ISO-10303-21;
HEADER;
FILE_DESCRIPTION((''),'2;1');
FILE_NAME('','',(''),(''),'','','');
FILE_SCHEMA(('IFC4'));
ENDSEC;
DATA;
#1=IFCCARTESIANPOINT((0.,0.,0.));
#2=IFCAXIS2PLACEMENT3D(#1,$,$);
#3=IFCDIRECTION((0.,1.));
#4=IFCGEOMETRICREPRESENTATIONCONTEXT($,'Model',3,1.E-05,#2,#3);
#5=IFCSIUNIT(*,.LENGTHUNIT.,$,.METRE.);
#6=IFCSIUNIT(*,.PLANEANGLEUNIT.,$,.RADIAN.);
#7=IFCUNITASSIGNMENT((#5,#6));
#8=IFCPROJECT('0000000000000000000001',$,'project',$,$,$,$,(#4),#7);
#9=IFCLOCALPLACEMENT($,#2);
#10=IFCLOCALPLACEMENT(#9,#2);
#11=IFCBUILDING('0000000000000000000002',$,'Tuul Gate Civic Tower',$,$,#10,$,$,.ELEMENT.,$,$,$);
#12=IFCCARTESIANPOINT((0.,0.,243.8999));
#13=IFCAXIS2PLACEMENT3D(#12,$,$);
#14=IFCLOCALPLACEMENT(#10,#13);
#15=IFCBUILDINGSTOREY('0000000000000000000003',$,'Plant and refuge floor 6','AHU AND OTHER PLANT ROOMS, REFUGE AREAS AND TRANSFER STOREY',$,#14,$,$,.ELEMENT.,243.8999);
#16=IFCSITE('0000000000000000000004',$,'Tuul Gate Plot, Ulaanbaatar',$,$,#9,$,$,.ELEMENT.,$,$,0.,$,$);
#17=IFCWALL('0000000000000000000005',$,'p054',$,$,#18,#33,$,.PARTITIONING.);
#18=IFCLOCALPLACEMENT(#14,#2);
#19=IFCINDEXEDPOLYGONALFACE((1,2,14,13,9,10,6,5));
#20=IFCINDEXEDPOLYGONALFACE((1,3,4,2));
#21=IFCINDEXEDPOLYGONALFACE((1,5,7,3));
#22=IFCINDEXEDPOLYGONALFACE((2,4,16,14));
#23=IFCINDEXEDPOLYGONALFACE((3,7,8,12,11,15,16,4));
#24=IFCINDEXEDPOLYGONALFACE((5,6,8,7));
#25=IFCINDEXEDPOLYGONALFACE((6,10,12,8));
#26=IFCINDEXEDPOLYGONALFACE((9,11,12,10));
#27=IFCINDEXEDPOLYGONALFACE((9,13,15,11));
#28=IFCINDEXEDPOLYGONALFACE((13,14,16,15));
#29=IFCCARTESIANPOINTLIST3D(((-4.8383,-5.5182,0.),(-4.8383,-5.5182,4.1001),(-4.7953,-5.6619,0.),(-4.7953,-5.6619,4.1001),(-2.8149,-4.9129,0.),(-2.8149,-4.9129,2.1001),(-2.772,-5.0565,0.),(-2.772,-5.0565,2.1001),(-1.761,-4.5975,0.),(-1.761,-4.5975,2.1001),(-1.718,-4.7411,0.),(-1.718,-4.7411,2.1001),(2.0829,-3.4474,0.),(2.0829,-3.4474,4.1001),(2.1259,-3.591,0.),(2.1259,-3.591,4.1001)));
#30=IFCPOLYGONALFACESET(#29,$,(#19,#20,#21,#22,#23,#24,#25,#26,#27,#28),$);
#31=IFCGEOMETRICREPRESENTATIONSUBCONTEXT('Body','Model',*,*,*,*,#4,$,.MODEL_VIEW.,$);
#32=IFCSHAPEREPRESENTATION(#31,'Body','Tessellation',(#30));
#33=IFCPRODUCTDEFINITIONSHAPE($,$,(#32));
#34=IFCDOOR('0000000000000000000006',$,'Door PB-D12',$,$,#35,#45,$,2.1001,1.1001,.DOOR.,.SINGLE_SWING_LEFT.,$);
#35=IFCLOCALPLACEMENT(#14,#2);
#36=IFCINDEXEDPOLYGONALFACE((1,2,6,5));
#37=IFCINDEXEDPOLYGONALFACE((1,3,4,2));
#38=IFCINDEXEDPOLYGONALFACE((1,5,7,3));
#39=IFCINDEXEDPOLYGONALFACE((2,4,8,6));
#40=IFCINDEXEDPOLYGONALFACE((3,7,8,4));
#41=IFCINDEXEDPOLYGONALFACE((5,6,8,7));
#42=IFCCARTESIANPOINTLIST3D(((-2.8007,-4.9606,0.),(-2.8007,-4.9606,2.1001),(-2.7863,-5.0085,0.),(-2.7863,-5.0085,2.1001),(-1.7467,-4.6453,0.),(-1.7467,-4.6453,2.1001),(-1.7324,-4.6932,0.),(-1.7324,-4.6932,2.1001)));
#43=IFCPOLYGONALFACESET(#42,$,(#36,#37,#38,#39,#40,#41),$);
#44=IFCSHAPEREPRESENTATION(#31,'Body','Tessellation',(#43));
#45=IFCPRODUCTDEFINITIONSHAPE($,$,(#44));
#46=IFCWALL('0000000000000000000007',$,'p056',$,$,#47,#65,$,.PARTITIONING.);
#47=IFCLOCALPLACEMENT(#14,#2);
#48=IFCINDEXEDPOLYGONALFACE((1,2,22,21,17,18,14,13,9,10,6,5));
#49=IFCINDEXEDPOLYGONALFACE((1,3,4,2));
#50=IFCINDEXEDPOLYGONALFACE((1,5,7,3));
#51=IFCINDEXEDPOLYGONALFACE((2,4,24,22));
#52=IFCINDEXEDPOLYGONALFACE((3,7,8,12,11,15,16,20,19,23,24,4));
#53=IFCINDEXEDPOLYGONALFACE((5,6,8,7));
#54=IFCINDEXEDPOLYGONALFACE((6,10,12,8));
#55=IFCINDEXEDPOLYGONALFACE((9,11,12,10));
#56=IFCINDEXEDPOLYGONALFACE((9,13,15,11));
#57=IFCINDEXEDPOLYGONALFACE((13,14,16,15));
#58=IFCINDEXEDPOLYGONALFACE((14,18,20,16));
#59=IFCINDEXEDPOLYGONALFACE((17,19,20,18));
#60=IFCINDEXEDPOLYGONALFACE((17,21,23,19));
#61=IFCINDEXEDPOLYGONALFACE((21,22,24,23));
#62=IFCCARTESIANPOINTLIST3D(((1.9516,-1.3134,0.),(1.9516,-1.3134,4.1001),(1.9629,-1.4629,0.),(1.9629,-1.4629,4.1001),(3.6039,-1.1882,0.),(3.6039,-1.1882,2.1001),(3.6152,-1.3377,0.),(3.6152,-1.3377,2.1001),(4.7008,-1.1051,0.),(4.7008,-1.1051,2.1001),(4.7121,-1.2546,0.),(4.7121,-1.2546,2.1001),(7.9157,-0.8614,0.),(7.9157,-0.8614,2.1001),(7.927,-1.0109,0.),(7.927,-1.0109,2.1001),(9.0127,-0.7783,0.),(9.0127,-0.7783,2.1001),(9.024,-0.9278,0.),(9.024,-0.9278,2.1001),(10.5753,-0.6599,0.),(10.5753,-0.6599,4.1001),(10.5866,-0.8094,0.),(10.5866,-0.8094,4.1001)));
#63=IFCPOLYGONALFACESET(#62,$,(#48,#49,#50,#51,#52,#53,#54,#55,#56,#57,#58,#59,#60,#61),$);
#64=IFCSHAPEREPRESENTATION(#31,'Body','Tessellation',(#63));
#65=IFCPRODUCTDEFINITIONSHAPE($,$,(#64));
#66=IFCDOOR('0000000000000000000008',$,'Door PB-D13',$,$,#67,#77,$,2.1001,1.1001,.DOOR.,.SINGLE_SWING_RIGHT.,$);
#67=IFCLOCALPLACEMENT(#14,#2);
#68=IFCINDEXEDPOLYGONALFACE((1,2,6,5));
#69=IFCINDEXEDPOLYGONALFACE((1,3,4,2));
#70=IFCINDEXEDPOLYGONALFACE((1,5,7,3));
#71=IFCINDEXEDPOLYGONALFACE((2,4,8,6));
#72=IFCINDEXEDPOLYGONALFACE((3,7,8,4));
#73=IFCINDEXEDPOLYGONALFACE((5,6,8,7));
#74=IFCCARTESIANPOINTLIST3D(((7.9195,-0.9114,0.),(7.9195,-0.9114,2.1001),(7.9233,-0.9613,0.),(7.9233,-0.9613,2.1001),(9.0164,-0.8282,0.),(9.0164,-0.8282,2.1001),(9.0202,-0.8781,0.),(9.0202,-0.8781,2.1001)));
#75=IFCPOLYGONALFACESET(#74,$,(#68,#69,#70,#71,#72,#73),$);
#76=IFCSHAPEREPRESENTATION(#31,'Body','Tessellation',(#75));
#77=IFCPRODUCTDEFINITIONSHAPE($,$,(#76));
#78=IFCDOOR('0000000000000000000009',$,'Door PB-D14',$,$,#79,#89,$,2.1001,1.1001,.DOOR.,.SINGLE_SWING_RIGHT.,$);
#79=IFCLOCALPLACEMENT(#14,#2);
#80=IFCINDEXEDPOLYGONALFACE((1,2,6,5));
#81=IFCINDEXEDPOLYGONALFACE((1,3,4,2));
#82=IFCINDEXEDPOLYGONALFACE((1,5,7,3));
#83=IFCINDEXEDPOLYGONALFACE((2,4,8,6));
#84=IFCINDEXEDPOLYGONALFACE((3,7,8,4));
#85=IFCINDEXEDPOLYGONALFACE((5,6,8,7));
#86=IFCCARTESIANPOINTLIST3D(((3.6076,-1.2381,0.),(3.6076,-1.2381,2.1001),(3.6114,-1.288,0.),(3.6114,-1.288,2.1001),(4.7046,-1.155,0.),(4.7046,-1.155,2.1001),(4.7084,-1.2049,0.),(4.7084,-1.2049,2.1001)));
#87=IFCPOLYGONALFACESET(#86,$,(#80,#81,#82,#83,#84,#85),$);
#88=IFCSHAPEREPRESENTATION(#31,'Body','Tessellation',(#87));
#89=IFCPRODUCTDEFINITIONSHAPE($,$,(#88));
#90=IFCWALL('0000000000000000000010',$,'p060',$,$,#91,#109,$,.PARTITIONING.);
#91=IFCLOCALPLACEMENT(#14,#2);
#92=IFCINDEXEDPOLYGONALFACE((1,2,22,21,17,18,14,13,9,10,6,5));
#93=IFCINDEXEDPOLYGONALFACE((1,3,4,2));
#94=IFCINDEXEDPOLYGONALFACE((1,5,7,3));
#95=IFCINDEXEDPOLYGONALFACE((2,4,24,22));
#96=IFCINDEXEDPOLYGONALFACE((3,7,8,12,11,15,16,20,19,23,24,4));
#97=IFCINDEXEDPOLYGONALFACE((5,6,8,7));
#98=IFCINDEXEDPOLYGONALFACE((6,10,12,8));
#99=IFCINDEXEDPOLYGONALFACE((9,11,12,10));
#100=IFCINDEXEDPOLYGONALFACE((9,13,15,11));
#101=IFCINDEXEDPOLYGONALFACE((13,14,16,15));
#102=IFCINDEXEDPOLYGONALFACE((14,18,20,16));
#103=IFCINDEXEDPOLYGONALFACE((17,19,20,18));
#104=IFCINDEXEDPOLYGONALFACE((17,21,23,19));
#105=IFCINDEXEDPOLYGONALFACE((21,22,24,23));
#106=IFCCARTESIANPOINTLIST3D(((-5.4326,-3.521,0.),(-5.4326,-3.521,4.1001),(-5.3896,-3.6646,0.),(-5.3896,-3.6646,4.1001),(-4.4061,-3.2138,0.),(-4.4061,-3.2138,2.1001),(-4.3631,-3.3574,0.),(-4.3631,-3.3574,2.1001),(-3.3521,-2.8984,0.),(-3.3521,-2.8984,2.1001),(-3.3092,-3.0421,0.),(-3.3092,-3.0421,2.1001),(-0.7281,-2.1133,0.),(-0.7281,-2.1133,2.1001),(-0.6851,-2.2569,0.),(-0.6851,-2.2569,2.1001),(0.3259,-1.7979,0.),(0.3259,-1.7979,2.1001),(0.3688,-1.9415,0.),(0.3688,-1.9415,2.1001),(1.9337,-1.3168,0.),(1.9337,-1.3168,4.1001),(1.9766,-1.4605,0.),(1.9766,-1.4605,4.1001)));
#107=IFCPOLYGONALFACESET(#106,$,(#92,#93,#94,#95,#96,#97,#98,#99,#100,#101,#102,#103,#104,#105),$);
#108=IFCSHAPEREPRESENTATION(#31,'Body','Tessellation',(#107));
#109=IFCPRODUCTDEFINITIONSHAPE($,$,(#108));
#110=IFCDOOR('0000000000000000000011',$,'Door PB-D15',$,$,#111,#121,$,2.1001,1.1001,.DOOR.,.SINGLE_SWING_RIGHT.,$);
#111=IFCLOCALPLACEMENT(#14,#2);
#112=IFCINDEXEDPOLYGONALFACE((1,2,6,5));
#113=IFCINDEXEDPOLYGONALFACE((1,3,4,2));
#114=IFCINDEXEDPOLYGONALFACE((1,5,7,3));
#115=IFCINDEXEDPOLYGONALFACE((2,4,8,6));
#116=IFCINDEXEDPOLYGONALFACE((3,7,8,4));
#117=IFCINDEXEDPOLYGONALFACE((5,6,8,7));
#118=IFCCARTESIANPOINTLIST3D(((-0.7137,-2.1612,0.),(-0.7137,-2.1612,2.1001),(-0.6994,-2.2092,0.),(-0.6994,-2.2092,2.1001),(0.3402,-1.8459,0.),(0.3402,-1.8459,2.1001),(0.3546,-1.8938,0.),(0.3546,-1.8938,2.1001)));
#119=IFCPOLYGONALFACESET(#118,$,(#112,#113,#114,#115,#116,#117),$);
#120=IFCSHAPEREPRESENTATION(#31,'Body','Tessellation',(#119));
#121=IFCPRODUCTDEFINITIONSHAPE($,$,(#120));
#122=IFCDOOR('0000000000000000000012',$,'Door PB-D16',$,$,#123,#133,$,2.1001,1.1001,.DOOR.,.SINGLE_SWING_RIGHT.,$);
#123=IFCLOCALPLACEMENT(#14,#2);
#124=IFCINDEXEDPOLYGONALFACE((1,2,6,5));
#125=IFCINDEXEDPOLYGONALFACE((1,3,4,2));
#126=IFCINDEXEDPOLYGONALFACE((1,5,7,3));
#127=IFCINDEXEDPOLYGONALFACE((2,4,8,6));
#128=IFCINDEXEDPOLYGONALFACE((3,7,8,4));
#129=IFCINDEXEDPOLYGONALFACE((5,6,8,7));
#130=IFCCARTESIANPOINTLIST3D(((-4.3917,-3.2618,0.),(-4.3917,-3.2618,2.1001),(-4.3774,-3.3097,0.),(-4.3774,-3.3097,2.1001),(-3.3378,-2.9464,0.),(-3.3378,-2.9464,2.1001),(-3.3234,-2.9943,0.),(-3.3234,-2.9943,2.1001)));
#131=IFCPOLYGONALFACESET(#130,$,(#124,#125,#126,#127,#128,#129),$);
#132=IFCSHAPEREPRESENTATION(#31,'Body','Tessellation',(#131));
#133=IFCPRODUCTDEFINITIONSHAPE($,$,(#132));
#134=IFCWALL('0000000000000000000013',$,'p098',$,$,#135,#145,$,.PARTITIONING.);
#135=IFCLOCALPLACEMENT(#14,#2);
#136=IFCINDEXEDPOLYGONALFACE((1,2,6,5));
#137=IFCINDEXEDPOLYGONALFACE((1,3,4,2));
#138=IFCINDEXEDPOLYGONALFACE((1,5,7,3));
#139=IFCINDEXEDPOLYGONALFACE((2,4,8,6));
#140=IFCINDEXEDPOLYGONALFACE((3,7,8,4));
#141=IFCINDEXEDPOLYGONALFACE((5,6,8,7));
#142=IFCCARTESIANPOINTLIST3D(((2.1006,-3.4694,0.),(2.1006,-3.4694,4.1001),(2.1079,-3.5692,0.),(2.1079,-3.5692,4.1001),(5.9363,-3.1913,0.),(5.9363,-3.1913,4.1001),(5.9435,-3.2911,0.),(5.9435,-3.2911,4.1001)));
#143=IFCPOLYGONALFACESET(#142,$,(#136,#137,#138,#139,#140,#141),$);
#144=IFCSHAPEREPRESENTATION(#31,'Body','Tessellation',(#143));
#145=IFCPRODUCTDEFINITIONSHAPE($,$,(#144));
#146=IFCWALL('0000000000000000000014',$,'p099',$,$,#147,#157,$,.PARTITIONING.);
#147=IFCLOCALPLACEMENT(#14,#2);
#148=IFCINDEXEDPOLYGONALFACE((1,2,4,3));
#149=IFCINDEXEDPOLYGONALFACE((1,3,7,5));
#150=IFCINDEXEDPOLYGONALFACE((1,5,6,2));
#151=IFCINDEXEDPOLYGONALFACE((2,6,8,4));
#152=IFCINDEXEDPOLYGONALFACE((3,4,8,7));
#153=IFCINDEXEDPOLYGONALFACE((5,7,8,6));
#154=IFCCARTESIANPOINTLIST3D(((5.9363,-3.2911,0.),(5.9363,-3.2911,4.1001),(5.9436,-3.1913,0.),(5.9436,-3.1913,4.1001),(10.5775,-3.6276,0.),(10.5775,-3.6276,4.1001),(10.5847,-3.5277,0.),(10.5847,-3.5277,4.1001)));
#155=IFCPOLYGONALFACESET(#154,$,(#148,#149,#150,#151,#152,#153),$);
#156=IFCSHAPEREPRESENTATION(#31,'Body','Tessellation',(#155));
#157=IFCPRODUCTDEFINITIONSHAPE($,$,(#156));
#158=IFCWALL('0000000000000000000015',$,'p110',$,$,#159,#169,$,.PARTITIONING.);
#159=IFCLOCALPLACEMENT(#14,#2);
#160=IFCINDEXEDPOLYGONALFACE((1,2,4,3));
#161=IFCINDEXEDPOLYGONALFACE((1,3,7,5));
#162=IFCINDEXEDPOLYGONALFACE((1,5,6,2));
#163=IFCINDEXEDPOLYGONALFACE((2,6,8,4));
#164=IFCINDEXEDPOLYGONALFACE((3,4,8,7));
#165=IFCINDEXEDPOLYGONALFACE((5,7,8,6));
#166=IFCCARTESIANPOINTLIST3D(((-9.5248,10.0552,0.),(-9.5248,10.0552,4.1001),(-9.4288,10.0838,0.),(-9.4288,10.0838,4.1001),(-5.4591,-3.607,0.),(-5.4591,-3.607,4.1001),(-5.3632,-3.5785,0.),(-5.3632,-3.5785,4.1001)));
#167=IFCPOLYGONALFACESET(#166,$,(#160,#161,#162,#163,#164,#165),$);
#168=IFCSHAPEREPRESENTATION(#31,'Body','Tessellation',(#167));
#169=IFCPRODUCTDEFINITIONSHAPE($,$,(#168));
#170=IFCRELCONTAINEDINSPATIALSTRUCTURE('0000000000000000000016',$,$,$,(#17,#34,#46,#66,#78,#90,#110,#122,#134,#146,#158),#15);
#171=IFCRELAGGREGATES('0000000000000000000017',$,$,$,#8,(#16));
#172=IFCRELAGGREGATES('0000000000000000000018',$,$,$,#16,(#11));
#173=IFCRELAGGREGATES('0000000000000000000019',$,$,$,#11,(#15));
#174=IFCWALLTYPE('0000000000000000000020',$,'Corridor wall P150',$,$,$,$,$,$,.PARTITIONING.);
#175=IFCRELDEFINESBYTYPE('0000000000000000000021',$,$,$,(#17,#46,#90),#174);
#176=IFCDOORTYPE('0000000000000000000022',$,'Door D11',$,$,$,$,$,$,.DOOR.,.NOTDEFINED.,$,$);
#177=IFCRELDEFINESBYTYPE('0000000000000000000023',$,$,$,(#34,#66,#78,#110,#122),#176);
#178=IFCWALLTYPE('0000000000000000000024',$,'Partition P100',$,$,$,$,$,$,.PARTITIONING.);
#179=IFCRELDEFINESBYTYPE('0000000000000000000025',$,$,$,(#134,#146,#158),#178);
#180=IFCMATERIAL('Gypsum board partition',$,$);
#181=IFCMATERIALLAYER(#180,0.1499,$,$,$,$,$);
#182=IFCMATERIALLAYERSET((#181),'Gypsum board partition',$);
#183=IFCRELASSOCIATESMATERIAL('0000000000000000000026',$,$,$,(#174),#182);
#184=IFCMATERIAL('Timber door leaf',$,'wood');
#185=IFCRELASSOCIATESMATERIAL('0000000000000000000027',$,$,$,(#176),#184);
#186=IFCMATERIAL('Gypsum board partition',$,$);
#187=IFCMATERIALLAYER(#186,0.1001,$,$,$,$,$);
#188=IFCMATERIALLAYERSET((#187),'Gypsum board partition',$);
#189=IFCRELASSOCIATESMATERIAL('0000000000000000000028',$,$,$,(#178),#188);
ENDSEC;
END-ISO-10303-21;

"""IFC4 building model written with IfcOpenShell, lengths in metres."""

from ifc_helpers import new_model, si_unit, direction, frame, frame_2d, origin, place, context, subcontext, project, spatial, rectangle, extrude, material, layer, layer_set, type_object, element, fill, save


model = new_model("IFC4")

# Units and contexts
model_context = context("Model", 3, precision=1e-05, world=origin(), true_north=direction((0.0, 1.0)))
body_context = subcontext(model_context, "Body", "Model", "MODEL_VIEW")
ifc_project = project(units=[si_unit("LENGTHUNIT", "METRE"), si_unit("PLANEANGLEUNIT", "RADIAN")], contexts=[model_context])

# Site, building, storey
site_placement = place(None, origin())
site = spatial("IfcSite", under=ifc_project, at=site_placement, Name="Tuul Gate Plot, Ulaanbaatar", CompositionType="ELEMENT", RefElevation=0.0)
building_placement = place(site_placement, origin())
building = spatial("IfcBuilding", under=site, at=building_placement, Name="Tuul Gate Civic Tower", CompositionType="ELEMENT")
storey_placement = place(building_placement, frame((0.0, 0.0, 243.8999)))
storey = spatial("IfcBuildingStorey", under=building, at=storey_placement, Name="Plant and refuge floor 6", Description="AHU AND OTHER PLANT ROOMS, REFUGE AREAS AND TRANSFER STOREY", CompositionType="ELEMENT", Elevation=243.8999)

# Wall, opening, door
ifc_material_1 = material(Name="Gypsum board partition")
ifc_layer_1 = layer(ifc_material_1, 0.1499)
ifc_layer_set_1 = layer_set([ifc_layer_1], Name="Gypsum board partition")
wall_type_1 = type_object("IfcWallType", Name="Corridor wall P150", PredefinedType="PARTITIONING", material=ifc_layer_set_1)
wall_1_placement = place(storey_placement, frame((-4.8169, -5.5901, 0.0), z_axis=(0.0, 0.0, 1.0), x_axis=(0.958037, 0.286644, 0.0)))
wall_1 = element("IfcWall", 1, at=wall_1_placement, inside=storey, type_object=wall_type_1, Name="p054", PredefinedType="PARTITIONING", context=body_context, shape_type="SweptSolid", body=[
    extrude(rectangle(XDim=7.2244, YDim=0.1499, at=frame_2d((3.6123, 0.0))), origin(), (0.0, 0.0, 1.0), 4.1001),
])
opening_1_placement = place(wall_1_placement, frame((2.1121, 0.0, 0.0)))
opening_1 = element("IfcOpeningElement", 2, at=opening_1_placement, cuts=wall_1, PredefinedType="OPENING", context=body_context, shape_type="SweptSolid", body=[
    extrude(rectangle(XDim=1.1001, YDim=2.1001, at=frame_2d((0.55, 1.05))), frame((0.0, 0.085, 0.0), z_axis=(0.0, -1.0, 0.0), x_axis=(1.0, 0.0, 0.0)), (0.0, 0.0, 1.0), 0.1699),
])
ifc_material_2 = material(Name="Timber door leaf", Category="wood")
door_type = type_object("IfcDoorType", Name="Door D11", OperationType="NOTDEFINED", PredefinedType="DOOR", material=ifc_material_2)
door_1_placement = place(opening_1_placement, frame((1.1001, 0.0, 0.0), z_axis=(0.0, 0.0, 1.0), x_axis=(-1.0, 0.0, 0.0)))
door_1 = element("IfcDoor", 3, at=door_1_placement, inside=storey, type_object=door_type, Name="Door PB-D12", OperationType="SINGLE_SWING_LEFT", OverallHeight=2.1001, OverallWidth=1.1001, PredefinedType="DOOR", context=body_context, shape_type="SweptSolid", body=[
    extrude(rectangle(XDim=1.1001, YDim=2.1001, at=frame_2d((0.55, 1.05))), frame((0.0, 0.0249, 0.0), z_axis=(0.0, -1.0, 0.0), x_axis=(1.0, 0.0, 0.0)), (0.0, 0.0, 1.0), 0.05),
])
fill(opening_1, door_1)

# Walls, openings, doors
wall_2_placement = place(storey_placement, frame((1.9573, -1.3882, 0.0), z_axis=(0.0, 0.0, 1.0), x_axis=(0.997141, 0.07557, 0.0)))
wall_2 = element("IfcWall", 4, at=wall_2_placement, inside=storey, type_object=wall_type_1, Name="p056", PredefinedType="PARTITIONING", context=body_context, shape_type="SweptSolid", body=[
    extrude(rectangle(XDim=8.6484, YDim=0.1499, at=frame_2d((4.3242, 0.0))), origin(), (0.0, 0.0, 1.0), 4.1001),
])
opening_2_placement = place(wall_2_placement, frame((5.9812, 0.0, 0.0)))
opening_2 = element("IfcOpeningElement", 5, at=opening_2_placement, cuts=wall_2, PredefinedType="OPENING", context=body_context, shape_type="SweptSolid", body=[
    extrude(rectangle(XDim=1.1001, YDim=2.1001, at=frame_2d((0.55, 1.05))), frame((0.0, 0.085, 0.0), z_axis=(0.0, -1.0, 0.0), x_axis=(1.0, 0.0, 0.0)), (0.0, 0.0, 1.0), 0.1699),
])
opening_3_placement = place(wall_2_placement, frame((1.657, 0.0, 0.0)))
opening_3 = element("IfcOpeningElement", 6, at=opening_3_placement, cuts=wall_2, PredefinedType="OPENING", context=body_context, shape_type="SweptSolid", body=[
    extrude(rectangle(XDim=1.1001, YDim=2.1001, at=frame_2d((0.55, 1.05))), frame((0.0, 0.085, 0.0), z_axis=(0.0, -1.0, 0.0), x_axis=(1.0, 0.0, 0.0)), (0.0, 0.0, 1.0), 0.1699),
])
door_2_placement = place(opening_2_placement, origin())
door_2 = element("IfcDoor", 7, at=door_2_placement, inside=storey, type_object=door_type, Name="Door PB-D13", OperationType="SINGLE_SWING_RIGHT", OverallHeight=2.1001, OverallWidth=1.1001, PredefinedType="DOOR", context=body_context, shape_type="SweptSolid", body=[
    extrude(rectangle(XDim=1.1001, YDim=2.1001, at=frame_2d((0.55, 1.05))), frame((0.0, 0.0249, 0.0), z_axis=(0.0, -1.0, 0.0), x_axis=(1.0, 0.0, 0.0)), (0.0, 0.0, 1.0), 0.05),
])
fill(opening_2, door_2)
door_3_placement = place(opening_3_placement, origin())
door_3 = element("IfcDoor", 8, at=door_3_placement, inside=storey, type_object=door_type, Name="Door PB-D14", OperationType="SINGLE_SWING_RIGHT", OverallHeight=2.1001, OverallWidth=1.1001, PredefinedType="DOOR", context=body_context, shape_type="SweptSolid", body=[
    extrude(rectangle(XDim=1.1001, YDim=2.1001, at=frame_2d((0.55, 1.05))), frame((0.0, 0.0249, 0.0), z_axis=(0.0, -1.0, 0.0), x_axis=(1.0, 0.0, 0.0)), (0.0, 0.0, 1.0), 0.05),
])
fill(opening_3, door_3)
wall_3_placement = place(storey_placement, frame((-5.4111, -3.5928, 0.0), z_axis=(0.0, 0.0, 1.0), x_axis=(0.958032, 0.28666, 0.0)))
wall_3 = element("IfcWall", 9, at=wall_3_placement, inside=storey, type_object=wall_type_1, Name="p060", PredefinedType="PARTITIONING", context=body_context, shape_type="SweptSolid", body=[
    extrude(rectangle(XDim=7.689, YDim=0.1499, at=frame_2d((3.8445, 0.0))), origin(), (0.0, 0.0, 1.0), 4.1001),
])
opening_4_placement = place(wall_3_placement, frame((4.9106, 0.0, 0.0)))
opening_4 = element("IfcOpeningElement", 10, at=opening_4_placement, cuts=wall_3, PredefinedType="OPENING", context=body_context, shape_type="SweptSolid", body=[
    extrude(rectangle(XDim=1.1001, YDim=2.1001, at=frame_2d((0.55, 1.05))), frame((0.0, 0.085, 0.0), z_axis=(0.0, -1.0, 0.0), x_axis=(1.0, 0.0, 0.0)), (0.0, 0.0, 1.0), 0.1699),
])
opening_5_placement = place(wall_3_placement, frame((1.0715, 0.0, 0.0)))
opening_5 = element("IfcOpeningElement", 11, at=opening_5_placement, cuts=wall_3, PredefinedType="OPENING", context=body_context, shape_type="SweptSolid", body=[
    extrude(rectangle(XDim=1.1001, YDim=2.1001, at=frame_2d((0.55, 1.05))), frame((0.0, 0.085, 0.0), z_axis=(0.0, -1.0, 0.0), x_axis=(1.0, 0.0, 0.0)), (0.0, 0.0, 1.0), 0.1699),
])
door_4_placement = place(opening_4_placement, origin())
door_4 = element("IfcDoor", 12, at=door_4_placement, inside=storey, type_object=door_type, Name="Door PB-D15", OperationType="SINGLE_SWING_RIGHT", OverallHeight=2.1001, OverallWidth=1.1001, PredefinedType="DOOR", context=body_context, shape_type="SweptSolid", body=[
    extrude(rectangle(XDim=1.1001, YDim=2.1001, at=frame_2d((0.55, 1.05))), frame((0.0, 0.0249, 0.0), z_axis=(0.0, -1.0, 0.0), x_axis=(1.0, 0.0, 0.0)), (0.0, 0.0, 1.0), 0.05),
])
fill(opening_4, door_4)
door_5_placement = place(opening_5_placement, origin())
door_5 = element("IfcDoor", 13, at=door_5_placement, inside=storey, type_object=door_type, Name="Door PB-D16", OperationType="SINGLE_SWING_RIGHT", OverallHeight=2.1001, OverallWidth=1.1001, PredefinedType="DOOR", context=body_context, shape_type="SweptSolid", body=[
    extrude(rectangle(XDim=1.1001, YDim=2.1001, at=frame_2d((0.55, 1.05))), frame((0.0, 0.0249, 0.0), z_axis=(0.0, -1.0, 0.0), x_axis=(1.0, 0.0, 0.0)), (0.0, 0.0, 1.0), 0.05),
])
fill(opening_5, door_5)

# Walls
ifc_material_3 = material(Name="Gypsum board partition")
ifc_layer_2 = layer(ifc_material_3, 0.1001)
ifc_layer_set_2 = layer_set([ifc_layer_2], Name="Gypsum board partition")
wall_type_2 = type_object("IfcWallType", Name="Partition P100", PredefinedType="PARTITIONING", material=ifc_layer_set_2)
wall_4_placement = place(storey_placement, frame((2.1042, -3.5193, 0.0), z_axis=(0.0, 0.0, 1.0), x_axis=(0.997382, 0.072307, 0.0)))
element("IfcWall", 14, at=wall_4_placement, inside=storey, type_object=wall_type_2, Name="p098", PredefinedType="PARTITIONING", context=body_context, shape_type="SweptSolid", body=[
    extrude(rectangle(XDim=3.8457, YDim=0.1001, at=frame_2d((1.9229, 0.0))), origin(), (0.0, 0.0, 1.0), 4.1001),
])
wall_5_placement = place(storey_placement, frame((5.9399, -3.2412, 0.0), z_axis=(0.0, 0.0, 1.0), x_axis=(0.997383, -0.072298, 0.0)))
element("IfcWall", 15, at=wall_5_placement, inside=storey, type_object=wall_type_2, Name="p099", PredefinedType="PARTITIONING", context=body_context, shape_type="SweptSolid", body=[
    extrude(rectangle(XDim=4.6533, YDim=0.1001, at=frame_2d((2.3267, 0.0))), origin(), (0.0, 0.0, 1.0), 4.1001),
])
wall_6_placement = place(storey_placement, frame((-5.4111, -3.5928, 0.0), z_axis=(0.0, 0.0, 1.0), x_axis=(-0.285221, 0.958462, 0.0)))
element("IfcWall", 16, at=wall_6_placement, inside=storey, type_object=wall_type_2, Name="p110", PredefinedType="PARTITIONING", context=body_context, shape_type="SweptSolid", body=[
    extrude(rectangle(XDim=14.2544, YDim=0.1001, at=frame_2d((7.1272, 0.0))), origin(), (0.0, 0.0, 1.0), 4.1001),
])

save(model, "model.ifc")
